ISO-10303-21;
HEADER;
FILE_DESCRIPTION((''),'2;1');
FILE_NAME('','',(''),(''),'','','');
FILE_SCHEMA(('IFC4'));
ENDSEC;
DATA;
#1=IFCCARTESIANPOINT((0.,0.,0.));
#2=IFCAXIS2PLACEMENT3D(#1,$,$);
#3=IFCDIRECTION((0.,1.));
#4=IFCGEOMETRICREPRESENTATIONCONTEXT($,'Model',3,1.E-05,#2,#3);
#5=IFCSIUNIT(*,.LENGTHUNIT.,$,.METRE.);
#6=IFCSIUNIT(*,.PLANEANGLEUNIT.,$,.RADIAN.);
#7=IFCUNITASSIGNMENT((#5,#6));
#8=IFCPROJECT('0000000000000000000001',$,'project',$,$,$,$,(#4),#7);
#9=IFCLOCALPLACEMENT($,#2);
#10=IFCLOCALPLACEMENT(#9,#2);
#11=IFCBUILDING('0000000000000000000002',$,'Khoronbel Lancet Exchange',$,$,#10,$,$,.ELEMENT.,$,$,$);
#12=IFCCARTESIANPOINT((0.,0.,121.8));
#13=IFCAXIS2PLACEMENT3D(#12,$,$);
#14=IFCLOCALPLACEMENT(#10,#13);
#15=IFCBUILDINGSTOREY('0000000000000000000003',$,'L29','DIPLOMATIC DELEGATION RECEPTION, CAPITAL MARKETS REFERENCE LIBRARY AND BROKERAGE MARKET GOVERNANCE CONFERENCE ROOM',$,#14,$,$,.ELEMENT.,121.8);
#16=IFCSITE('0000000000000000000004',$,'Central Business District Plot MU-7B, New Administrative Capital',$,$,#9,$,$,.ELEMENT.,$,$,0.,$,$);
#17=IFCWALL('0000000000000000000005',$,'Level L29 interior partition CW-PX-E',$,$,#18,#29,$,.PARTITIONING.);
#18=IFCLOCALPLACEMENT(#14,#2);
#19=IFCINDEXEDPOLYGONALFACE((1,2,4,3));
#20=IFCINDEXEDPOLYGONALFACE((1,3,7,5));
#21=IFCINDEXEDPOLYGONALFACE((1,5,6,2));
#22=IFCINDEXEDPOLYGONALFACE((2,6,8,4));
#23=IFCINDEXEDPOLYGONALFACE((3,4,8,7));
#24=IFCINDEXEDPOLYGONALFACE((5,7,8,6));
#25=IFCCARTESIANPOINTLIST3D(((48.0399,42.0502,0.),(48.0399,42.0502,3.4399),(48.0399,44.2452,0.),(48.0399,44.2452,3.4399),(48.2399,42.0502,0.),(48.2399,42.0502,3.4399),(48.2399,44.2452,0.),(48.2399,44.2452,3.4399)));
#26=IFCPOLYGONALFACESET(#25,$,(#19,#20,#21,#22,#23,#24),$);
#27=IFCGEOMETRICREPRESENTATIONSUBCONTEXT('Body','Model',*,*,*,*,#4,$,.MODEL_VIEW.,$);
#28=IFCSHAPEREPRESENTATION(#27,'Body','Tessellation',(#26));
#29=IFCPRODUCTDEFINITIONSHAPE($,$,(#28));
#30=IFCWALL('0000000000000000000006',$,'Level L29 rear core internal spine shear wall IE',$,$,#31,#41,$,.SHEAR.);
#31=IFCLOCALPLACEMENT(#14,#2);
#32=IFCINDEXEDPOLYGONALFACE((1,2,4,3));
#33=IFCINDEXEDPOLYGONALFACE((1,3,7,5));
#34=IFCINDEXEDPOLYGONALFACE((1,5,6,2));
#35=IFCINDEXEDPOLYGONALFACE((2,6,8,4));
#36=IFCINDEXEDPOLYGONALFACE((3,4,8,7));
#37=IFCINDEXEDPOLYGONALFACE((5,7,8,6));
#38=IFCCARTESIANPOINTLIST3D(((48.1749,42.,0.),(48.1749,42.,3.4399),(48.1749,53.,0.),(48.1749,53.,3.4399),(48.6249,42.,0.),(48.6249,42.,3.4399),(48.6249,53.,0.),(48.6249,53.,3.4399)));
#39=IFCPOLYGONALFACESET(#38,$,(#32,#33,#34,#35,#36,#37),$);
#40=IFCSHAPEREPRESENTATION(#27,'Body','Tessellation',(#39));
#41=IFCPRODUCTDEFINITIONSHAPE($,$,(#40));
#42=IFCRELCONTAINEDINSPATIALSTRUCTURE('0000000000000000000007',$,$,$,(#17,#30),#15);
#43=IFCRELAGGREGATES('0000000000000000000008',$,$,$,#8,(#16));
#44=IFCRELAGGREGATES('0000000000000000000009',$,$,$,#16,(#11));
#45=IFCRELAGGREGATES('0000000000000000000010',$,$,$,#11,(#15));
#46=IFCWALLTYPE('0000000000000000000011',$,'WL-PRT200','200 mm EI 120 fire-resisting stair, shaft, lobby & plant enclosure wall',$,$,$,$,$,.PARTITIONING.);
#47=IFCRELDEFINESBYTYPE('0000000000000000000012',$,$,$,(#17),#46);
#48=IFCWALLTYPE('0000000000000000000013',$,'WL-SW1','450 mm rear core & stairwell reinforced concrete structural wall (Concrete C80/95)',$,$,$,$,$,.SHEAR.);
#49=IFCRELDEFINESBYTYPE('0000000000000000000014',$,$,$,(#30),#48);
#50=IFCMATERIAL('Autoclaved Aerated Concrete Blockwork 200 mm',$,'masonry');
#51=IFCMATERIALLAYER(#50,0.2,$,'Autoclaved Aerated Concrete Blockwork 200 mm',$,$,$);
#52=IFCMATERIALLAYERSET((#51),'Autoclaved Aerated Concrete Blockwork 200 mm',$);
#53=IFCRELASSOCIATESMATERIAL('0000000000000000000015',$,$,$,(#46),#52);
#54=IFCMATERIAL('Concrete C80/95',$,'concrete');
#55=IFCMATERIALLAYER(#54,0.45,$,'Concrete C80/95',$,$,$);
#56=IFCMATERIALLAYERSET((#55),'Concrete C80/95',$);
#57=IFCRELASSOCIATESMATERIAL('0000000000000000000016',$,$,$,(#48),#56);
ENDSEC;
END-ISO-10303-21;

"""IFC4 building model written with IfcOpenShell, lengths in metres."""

from ifc_helpers import new_model, si_unit, direction, frame, frame_2d, origin, place, context, subcontext, project, spatial, rectangle, extrude, material, layer, layer_set, type_object, element, save


model = new_model("IFC4")

# Units and contexts
model_context = context("Model", 3, precision=1e-05, world=origin(), true_north=direction((0.0, 1.0)))
body_context = subcontext(model_context, "Body", "Model", "MODEL_VIEW")
ifc_project = project(units=[si_unit("LENGTHUNIT", "METRE"), si_unit("PLANEANGLEUNIT", "RADIAN")], contexts=[model_context])

# Site, building, storey
site_placement = place(None, origin())
site = spatial("IfcSite", under=ifc_project, at=site_placement, Name="Central Business District Plot MU-7B, New Administrative Capital", CompositionType="ELEMENT", RefElevation=0.0)
building_placement = place(site_placement, origin())
building = spatial("IfcBuilding", under=site, at=building_placement, Name="Khoronbel Lancet Exchange", CompositionType="ELEMENT")
storey_placement = place(building_placement, frame((0.0, 0.0, 121.8)))
storey = spatial("IfcBuildingStorey", under=building, at=storey_placement, Name="L29", Description="DIPLOMATIC DELEGATION RECEPTION, CAPITAL MARKETS REFERENCE LIBRARY AND BROKERAGE MARKET GOVERNANCE CONFERENCE ROOM", CompositionType="ELEMENT", Elevation=121.8)

# Shared definitions
ifc_material_1 = material(Name="Concrete C80/95", Category="concrete")

# Shared definitions
ifc_material_2 = material(Name="Autoclaved Aerated Concrete Blockwork 200 mm", Category="masonry")
ifc_layer_1 = layer(ifc_material_2, 0.2, Name="Autoclaved Aerated Concrete Blockwork 200 mm")
ifc_layer_set_1 = layer_set([ifc_layer_1], Name="Autoclaved Aerated Concrete Blockwork 200 mm")
wall_type_1 = type_object("IfcWallType", Name="WL-PRT200", Description="200 mm EI 120 fire-resisting stair, shaft, lobby & plant enclosure wall", PredefinedType="PARTITIONING", material=ifc_layer_set_1)

# Walls
for number, where, z_axis, x_axis, name in (
    (1, (48.1399, 42.05, 0.0), (0.0, 0.0, 1.0), (0.0, 1.0, 0.0), "Level L29 interior partition CW-PX-E"),
):
    element("IfcWall", number, at=place(storey_placement, frame(where, z_axis=z_axis, x_axis=x_axis)), inside=storey, type_object=wall_type_1, Name=name, PredefinedType="PARTITIONING", context=body_context, shape_type="SweptSolid", body=[
        extrude(rectangle(XDim=2.1951, YDim=0.2, at=frame_2d((1.0977, 0.0))), origin(), (0.0, 0.0, 1.0), 3.4399),
    ])
ifc_layer_2 = layer(ifc_material_1, 0.45, Name="Concrete C80/95")
ifc_layer_set_2 = layer_set([ifc_layer_2], Name="Concrete C80/95")
wall_type_2 = type_object("IfcWallType", Name="WL-SW1", Description="450 mm rear core & stairwell reinforced concrete structural wall (Concrete C80/95)", PredefinedType="SHEAR", material=ifc_layer_set_2)
wall_1_placement = place(storey_placement, frame((48.3999, 42.0, 0.0), z_axis=(0.0, 0.0, 1.0), x_axis=(0.0, 1.0, 0.0)))
element("IfcWall", 2, at=wall_1_placement, inside=storey, type_object=wall_type_2, Name="Level L29 rear core internal spine shear wall IE", PredefinedType="SHEAR", context=body_context, shape_type="SweptSolid", body=[
    extrude(rectangle(XDim=11.0, YDim=0.45, at=frame_2d((5.5, 0.0))), origin(), (0.0, 0.0, 1.0), 3.4399),
])

save(model, "model.ifc")
